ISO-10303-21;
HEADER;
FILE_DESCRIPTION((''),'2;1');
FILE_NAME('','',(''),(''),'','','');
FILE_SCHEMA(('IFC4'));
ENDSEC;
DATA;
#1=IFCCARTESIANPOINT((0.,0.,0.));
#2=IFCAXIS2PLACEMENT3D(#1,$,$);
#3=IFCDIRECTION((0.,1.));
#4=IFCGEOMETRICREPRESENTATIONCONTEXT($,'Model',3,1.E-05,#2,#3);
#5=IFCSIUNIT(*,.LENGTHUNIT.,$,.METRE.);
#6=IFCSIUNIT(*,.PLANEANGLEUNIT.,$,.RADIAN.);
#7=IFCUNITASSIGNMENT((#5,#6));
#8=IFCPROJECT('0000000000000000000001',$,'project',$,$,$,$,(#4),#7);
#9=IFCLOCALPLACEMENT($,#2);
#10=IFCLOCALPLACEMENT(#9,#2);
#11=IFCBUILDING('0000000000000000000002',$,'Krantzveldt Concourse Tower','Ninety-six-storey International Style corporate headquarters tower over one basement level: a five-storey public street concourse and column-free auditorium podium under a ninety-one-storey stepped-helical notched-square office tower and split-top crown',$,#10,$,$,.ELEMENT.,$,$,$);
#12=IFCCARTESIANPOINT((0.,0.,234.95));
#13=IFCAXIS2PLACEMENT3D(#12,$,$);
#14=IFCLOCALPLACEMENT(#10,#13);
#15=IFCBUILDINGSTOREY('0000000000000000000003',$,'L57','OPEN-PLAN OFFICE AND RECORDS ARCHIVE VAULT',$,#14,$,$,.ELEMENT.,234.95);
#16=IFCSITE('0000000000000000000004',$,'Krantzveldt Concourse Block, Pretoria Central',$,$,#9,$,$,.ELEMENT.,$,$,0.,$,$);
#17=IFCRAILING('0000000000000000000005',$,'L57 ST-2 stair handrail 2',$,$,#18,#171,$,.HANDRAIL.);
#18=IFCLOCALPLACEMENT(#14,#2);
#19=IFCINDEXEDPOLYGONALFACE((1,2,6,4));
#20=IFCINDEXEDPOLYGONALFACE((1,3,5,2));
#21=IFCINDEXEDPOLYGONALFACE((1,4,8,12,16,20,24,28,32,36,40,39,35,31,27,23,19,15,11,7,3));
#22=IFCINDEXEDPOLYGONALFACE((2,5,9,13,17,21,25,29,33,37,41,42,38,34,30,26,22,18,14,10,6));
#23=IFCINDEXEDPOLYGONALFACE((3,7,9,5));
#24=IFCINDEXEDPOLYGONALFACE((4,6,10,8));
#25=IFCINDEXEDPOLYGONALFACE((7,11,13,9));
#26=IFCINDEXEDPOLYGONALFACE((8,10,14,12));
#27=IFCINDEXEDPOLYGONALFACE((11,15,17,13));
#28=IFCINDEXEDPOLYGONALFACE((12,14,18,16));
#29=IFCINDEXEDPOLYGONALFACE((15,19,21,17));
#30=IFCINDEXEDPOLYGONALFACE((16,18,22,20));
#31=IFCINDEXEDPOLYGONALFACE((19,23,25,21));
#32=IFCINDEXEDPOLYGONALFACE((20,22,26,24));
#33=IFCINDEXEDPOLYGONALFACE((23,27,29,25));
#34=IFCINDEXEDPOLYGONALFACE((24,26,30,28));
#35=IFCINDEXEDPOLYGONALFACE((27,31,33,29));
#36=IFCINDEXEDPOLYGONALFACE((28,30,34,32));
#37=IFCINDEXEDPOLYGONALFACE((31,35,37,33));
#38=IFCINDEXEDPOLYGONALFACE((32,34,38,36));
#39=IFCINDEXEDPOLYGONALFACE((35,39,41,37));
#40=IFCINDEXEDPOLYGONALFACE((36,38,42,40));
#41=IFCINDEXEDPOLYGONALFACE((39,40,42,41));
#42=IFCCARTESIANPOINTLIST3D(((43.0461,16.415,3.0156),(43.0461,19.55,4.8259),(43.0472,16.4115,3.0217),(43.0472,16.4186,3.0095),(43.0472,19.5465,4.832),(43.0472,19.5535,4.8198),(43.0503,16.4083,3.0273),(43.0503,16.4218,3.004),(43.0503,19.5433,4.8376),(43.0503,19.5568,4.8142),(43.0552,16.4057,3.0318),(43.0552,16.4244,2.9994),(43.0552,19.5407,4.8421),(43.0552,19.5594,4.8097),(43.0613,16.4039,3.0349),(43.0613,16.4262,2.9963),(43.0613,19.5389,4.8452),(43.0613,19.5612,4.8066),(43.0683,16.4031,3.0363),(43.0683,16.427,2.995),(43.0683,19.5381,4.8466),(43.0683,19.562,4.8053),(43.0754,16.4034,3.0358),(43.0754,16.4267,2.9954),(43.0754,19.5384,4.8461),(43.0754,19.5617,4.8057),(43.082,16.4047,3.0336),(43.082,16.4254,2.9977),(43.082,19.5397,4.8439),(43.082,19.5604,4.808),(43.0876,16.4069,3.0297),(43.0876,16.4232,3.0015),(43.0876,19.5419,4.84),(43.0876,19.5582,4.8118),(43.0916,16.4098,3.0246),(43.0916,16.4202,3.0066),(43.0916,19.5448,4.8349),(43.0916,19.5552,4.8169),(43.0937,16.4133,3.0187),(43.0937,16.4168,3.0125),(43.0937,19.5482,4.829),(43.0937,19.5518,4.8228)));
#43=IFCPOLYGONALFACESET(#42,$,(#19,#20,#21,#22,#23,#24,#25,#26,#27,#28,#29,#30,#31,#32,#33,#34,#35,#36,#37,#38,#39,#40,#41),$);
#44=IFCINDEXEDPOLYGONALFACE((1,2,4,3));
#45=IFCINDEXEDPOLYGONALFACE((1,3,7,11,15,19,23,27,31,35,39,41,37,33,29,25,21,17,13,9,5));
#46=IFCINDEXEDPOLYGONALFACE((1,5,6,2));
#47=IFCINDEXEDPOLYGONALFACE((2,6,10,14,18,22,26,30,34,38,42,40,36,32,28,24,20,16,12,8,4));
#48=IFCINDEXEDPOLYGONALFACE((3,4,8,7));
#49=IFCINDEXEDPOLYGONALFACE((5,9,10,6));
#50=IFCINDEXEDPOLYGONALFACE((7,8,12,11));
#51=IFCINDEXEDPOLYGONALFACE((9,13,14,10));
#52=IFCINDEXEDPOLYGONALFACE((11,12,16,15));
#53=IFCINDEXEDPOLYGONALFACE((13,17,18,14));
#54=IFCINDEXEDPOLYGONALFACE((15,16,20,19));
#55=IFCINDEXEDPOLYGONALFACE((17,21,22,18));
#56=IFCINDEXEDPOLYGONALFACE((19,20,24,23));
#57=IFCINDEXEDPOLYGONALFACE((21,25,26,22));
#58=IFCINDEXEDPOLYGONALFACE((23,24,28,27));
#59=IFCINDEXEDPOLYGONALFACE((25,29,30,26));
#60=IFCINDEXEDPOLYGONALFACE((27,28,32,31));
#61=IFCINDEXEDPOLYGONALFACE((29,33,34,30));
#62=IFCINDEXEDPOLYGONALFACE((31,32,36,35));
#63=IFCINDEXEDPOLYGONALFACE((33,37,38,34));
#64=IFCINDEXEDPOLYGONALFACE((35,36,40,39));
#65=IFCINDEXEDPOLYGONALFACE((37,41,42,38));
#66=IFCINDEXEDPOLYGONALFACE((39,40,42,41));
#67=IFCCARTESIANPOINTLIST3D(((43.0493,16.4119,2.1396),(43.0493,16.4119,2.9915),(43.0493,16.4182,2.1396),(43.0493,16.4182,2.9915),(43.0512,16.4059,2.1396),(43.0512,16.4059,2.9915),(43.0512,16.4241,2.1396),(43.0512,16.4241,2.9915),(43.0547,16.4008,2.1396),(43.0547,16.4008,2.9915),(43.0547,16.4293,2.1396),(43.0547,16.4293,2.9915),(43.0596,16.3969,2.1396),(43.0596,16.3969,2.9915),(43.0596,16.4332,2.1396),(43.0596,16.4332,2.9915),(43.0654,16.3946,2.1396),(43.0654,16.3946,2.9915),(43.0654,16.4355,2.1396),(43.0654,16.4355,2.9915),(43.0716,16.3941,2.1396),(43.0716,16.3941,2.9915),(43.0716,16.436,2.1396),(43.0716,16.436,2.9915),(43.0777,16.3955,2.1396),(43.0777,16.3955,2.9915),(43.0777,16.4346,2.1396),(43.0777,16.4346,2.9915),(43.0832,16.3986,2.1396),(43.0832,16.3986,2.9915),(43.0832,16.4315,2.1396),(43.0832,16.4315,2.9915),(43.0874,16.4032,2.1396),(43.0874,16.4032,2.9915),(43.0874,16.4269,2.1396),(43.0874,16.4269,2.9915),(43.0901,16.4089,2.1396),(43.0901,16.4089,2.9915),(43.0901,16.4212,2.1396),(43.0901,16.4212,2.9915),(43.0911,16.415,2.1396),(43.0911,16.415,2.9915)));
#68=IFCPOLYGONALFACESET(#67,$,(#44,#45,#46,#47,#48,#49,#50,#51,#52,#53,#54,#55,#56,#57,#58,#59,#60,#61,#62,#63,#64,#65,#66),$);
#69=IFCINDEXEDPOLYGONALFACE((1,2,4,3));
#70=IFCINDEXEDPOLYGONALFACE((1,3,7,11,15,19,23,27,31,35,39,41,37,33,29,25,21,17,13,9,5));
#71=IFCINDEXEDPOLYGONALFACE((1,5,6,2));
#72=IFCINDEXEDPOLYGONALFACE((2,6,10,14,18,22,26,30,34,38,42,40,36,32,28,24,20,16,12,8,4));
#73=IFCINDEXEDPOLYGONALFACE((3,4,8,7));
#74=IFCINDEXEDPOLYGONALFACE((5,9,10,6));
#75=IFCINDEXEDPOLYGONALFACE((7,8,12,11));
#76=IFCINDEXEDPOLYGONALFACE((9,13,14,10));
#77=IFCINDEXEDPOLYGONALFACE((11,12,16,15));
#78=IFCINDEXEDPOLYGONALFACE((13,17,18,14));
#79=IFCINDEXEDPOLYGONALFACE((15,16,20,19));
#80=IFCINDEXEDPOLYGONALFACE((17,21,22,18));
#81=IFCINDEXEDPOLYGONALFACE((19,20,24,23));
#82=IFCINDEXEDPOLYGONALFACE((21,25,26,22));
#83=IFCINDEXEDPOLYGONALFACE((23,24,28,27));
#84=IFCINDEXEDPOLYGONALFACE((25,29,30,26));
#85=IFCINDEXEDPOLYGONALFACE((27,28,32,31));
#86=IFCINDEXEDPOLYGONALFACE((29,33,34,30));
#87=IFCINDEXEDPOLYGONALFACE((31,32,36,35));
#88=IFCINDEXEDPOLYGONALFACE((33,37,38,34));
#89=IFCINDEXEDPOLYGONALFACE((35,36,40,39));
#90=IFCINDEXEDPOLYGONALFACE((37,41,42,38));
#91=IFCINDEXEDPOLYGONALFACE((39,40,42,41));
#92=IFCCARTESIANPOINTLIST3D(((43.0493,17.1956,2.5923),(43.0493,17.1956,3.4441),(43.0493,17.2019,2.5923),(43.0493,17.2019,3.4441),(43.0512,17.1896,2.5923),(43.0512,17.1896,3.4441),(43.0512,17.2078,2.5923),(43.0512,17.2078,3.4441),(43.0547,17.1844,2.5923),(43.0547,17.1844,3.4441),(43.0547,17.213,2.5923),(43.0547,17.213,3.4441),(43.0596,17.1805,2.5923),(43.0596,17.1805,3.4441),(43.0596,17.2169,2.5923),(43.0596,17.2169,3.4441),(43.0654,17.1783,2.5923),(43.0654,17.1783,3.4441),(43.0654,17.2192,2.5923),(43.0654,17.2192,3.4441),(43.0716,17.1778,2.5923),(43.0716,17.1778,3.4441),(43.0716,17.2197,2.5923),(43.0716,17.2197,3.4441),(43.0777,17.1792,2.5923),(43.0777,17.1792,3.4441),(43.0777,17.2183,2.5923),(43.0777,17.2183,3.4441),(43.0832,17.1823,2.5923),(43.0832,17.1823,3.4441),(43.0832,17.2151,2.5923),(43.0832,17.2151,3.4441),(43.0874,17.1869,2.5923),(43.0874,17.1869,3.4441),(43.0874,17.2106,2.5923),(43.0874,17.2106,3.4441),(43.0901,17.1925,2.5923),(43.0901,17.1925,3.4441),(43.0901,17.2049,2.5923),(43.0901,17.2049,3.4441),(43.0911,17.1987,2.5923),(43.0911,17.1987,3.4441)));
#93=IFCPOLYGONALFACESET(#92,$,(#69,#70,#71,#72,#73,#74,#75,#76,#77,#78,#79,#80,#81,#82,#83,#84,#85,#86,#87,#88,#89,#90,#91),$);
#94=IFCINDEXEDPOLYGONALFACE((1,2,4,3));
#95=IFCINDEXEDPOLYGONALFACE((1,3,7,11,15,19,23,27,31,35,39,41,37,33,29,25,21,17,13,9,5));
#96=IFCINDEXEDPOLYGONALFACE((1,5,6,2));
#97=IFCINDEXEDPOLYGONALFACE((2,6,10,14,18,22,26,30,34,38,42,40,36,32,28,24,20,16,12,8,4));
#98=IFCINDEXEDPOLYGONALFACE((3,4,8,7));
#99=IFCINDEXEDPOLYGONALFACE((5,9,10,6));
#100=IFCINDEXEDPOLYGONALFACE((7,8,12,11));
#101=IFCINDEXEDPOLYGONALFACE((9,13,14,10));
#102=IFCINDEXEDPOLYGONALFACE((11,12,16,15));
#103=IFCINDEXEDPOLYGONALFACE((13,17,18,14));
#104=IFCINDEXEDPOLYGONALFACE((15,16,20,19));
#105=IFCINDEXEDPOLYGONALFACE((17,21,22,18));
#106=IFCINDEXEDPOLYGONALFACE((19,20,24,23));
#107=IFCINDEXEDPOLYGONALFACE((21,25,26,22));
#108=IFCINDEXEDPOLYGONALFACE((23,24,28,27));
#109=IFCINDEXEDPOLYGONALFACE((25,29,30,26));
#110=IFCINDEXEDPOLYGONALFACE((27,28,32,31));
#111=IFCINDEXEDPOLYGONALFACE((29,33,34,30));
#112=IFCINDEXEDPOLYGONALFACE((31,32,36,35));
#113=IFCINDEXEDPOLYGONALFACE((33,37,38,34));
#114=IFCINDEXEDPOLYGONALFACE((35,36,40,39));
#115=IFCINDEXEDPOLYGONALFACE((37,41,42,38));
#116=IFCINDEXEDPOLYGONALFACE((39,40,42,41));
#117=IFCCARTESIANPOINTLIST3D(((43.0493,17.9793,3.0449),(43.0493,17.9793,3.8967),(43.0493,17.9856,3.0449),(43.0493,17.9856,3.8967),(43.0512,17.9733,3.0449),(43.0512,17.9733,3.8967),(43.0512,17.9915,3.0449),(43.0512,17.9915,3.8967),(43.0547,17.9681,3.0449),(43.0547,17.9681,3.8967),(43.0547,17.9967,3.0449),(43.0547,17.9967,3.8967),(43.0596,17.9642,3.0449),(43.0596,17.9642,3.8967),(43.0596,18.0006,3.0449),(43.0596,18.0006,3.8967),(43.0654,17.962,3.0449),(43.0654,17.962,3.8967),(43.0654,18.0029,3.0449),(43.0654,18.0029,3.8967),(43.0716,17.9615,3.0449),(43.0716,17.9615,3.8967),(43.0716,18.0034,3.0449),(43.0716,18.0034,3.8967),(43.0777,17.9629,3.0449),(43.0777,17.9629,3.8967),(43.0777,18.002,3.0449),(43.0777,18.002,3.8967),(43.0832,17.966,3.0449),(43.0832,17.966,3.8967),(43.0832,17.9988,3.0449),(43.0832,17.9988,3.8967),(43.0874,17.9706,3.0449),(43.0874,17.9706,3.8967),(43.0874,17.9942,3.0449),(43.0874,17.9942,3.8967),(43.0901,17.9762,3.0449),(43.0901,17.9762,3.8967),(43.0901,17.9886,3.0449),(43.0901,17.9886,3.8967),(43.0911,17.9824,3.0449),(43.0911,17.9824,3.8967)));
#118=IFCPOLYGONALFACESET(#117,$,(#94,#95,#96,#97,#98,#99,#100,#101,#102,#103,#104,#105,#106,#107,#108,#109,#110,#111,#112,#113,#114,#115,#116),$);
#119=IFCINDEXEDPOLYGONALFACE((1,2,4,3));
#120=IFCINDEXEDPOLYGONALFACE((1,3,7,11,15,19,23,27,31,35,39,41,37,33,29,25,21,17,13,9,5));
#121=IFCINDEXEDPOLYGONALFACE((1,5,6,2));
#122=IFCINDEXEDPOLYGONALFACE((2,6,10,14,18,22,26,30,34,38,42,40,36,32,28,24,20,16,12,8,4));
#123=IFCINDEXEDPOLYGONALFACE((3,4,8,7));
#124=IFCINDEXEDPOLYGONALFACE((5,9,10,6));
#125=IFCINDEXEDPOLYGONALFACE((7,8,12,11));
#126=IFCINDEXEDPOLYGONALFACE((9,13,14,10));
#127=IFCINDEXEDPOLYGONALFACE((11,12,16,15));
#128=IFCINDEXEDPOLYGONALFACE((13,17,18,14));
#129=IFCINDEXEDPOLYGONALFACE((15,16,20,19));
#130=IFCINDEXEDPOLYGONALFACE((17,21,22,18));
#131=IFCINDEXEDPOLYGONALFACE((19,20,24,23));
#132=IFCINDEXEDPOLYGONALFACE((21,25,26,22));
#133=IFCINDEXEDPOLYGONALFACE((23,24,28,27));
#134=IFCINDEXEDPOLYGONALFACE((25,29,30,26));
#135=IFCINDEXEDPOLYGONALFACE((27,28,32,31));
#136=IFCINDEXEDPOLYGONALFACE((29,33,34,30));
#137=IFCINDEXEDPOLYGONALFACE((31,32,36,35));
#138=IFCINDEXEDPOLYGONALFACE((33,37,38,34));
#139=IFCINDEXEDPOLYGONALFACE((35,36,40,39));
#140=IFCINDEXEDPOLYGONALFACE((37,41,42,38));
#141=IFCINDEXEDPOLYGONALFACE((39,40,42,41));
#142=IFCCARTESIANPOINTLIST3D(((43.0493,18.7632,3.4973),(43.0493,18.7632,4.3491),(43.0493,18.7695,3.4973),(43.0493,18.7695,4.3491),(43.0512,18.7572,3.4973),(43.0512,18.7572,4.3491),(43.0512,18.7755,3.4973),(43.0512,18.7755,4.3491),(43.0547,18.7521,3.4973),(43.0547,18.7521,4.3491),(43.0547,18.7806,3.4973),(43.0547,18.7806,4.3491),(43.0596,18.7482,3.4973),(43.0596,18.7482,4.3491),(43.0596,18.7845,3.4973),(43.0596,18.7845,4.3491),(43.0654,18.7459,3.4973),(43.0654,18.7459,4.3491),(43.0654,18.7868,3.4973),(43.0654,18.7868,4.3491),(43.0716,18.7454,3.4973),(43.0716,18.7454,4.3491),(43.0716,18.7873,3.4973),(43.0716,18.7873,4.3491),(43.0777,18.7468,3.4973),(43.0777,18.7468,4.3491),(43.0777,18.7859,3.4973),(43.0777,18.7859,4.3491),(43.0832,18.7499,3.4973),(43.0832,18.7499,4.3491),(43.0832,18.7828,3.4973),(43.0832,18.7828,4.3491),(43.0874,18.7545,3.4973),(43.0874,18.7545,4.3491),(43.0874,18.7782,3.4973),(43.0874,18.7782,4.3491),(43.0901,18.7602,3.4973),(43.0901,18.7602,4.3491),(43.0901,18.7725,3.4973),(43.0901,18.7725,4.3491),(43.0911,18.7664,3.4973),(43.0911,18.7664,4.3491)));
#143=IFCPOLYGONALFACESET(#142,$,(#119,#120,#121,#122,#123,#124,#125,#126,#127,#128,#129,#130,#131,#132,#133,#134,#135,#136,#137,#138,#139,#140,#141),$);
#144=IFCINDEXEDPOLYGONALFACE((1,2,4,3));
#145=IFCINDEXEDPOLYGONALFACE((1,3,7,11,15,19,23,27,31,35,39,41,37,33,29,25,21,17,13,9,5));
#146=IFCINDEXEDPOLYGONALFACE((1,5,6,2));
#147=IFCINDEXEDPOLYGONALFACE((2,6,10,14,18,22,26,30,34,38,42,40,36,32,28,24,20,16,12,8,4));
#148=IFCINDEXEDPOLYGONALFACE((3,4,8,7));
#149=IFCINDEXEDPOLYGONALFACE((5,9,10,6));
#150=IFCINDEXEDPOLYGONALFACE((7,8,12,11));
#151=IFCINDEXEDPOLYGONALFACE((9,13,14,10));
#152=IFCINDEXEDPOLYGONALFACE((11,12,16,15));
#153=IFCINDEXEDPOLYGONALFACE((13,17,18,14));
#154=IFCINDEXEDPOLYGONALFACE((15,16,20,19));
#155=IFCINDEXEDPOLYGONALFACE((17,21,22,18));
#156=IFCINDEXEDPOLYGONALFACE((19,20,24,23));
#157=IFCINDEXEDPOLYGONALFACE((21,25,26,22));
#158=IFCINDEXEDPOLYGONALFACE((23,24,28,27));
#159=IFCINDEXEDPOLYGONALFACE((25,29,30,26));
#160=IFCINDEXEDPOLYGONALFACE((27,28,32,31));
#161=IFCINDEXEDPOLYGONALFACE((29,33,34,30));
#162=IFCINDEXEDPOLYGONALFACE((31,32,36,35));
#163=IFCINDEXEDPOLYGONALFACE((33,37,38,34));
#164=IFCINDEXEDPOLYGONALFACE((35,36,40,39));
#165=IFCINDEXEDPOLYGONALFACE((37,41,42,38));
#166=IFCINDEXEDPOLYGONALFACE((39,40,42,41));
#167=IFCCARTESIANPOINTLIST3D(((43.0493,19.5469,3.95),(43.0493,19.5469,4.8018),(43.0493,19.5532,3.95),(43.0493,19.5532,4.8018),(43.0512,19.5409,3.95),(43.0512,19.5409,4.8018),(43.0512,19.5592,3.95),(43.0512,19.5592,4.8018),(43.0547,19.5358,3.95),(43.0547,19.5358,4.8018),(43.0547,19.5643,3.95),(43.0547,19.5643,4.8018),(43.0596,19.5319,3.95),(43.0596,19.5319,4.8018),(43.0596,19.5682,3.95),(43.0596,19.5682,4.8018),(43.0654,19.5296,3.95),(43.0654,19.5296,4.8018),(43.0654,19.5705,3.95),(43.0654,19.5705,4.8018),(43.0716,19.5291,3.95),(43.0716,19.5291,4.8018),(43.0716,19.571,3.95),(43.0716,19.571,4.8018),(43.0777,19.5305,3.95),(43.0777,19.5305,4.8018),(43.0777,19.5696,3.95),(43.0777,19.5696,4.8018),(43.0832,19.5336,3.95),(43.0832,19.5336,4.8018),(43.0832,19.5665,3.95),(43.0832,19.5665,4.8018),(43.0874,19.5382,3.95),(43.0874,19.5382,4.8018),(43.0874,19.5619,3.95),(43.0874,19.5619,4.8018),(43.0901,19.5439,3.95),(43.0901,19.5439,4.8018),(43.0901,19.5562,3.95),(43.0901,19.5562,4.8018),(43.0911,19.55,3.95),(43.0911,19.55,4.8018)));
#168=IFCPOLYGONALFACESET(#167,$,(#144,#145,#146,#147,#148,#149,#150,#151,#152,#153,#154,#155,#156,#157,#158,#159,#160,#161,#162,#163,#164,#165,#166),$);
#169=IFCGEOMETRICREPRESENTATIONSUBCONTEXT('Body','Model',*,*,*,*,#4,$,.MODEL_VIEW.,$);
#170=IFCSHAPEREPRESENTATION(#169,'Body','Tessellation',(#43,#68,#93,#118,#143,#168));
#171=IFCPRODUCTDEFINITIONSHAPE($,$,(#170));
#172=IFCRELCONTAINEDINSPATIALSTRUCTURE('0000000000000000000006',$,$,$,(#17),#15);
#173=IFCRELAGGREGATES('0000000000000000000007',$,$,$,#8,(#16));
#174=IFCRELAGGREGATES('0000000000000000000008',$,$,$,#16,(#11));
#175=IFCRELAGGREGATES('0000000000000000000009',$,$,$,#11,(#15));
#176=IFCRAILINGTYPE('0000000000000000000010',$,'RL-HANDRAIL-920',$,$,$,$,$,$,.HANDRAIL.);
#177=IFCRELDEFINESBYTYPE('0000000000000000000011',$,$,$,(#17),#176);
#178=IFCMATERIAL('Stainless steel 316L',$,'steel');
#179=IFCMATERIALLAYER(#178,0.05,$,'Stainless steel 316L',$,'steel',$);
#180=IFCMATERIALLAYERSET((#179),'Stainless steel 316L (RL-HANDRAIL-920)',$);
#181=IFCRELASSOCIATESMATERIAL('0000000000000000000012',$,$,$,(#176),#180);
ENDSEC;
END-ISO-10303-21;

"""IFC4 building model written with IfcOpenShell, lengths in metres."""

from ifc_helpers import new_model, si_unit, direction, frame, origin, origin_2d, place, context, subcontext, project, spatial, circle, extrude, material, layer, layer_set, type_object, element, save


model = new_model("IFC4")

# Units and contexts
model_context = context("Model", 3, precision=1e-05, world=origin(), true_north=direction((0.0, 1.0)))
body_context = subcontext(model_context, "Body", "Model", "MODEL_VIEW")
ifc_project = project(units=[si_unit("LENGTHUNIT", "METRE"), si_unit("PLANEANGLEUNIT", "RADIAN")], contexts=[model_context])

# Site, building, storey
site_placement = place(None, origin())
site = spatial("IfcSite", under=ifc_project, at=site_placement, Name="Krantzveldt Concourse Block, Pretoria Central", CompositionType="ELEMENT", RefElevation=0.0)
building_placement = place(site_placement, origin())
building = spatial("IfcBuilding", under=site, at=building_placement, Name="Krantzveldt Concourse Tower", Description="Ninety-six-storey International Style corporate headquarters tower over one basement level: a five-storey public street concourse and column-free auditorium podium under a ninety-one-storey stepped-helical notched-square office tower and split-top crown", CompositionType="ELEMENT")
storey_placement = place(building_placement, frame((0.0, 0.0, 234.95)))
storey = spatial("IfcBuildingStorey", under=building, at=storey_placement, Name="L57", Description="OPEN-PLAN OFFICE AND RECORDS ARCHIVE VAULT", CompositionType="ELEMENT", Elevation=234.95)

# Railing
ifc_material_1 = material(Name="Stainless steel 316L", Category="steel")
ifc_layer_1 = layer(ifc_material_1, 0.05, Name="Stainless steel 316L", Category="steel")
ifc_layer_set_1 = layer_set([ifc_layer_1], Name="Stainless steel 316L (RL-HANDRAIL-920)")
railing_type = type_object("IfcRailingType", Name="RL-HANDRAIL-920", PredefinedType="HANDRAIL", material=ifc_layer_set_1)
railing_placement = place(storey_placement, frame((43.0701, 16.415, 2.1396)))
element("IfcRailing", 1, at=railing_placement, inside=storey, type_object=railing_type, Name="L57 ST-2 stair handrail 2", PredefinedType="HANDRAIL", context=body_context, shape_type="SweptSolid", body=[
    extrude(circle(Radius=0.0239, at=origin_2d()), frame((0.0, 0.0, 0.876), z_axis=(0.0, 0.865989, 0.500063), x_axis=(-1.0, 0.0, 0.0)), (0.0, 0.0, 1.0), 3.6201),
    extrude(circle(Radius=0.021, at=origin_2d()), origin(), (0.0, 0.0, 1.0), 0.8518),
    extrude(circle(Radius=0.021, at=origin_2d()), frame((0.0, 0.7837, 0.4526)), (0.0, 0.0, 1.0), 0.8518),
    extrude(circle(Radius=0.021, at=origin_2d()), frame((0.0, 1.5674, 0.9053)), (0.0, 0.0, 1.0), 0.8518),
    extrude(circle(Radius=0.021, at=origin_2d()), frame((0.0, 2.3513, 1.3577)), (0.0, 0.0, 1.0), 0.8518),
    extrude(circle(Radius=0.021, at=origin_2d()), frame((0.0, 3.135, 1.8103)), (0.0, 0.0, 1.0), 0.8518),
])

save(model, "model.ifc")
